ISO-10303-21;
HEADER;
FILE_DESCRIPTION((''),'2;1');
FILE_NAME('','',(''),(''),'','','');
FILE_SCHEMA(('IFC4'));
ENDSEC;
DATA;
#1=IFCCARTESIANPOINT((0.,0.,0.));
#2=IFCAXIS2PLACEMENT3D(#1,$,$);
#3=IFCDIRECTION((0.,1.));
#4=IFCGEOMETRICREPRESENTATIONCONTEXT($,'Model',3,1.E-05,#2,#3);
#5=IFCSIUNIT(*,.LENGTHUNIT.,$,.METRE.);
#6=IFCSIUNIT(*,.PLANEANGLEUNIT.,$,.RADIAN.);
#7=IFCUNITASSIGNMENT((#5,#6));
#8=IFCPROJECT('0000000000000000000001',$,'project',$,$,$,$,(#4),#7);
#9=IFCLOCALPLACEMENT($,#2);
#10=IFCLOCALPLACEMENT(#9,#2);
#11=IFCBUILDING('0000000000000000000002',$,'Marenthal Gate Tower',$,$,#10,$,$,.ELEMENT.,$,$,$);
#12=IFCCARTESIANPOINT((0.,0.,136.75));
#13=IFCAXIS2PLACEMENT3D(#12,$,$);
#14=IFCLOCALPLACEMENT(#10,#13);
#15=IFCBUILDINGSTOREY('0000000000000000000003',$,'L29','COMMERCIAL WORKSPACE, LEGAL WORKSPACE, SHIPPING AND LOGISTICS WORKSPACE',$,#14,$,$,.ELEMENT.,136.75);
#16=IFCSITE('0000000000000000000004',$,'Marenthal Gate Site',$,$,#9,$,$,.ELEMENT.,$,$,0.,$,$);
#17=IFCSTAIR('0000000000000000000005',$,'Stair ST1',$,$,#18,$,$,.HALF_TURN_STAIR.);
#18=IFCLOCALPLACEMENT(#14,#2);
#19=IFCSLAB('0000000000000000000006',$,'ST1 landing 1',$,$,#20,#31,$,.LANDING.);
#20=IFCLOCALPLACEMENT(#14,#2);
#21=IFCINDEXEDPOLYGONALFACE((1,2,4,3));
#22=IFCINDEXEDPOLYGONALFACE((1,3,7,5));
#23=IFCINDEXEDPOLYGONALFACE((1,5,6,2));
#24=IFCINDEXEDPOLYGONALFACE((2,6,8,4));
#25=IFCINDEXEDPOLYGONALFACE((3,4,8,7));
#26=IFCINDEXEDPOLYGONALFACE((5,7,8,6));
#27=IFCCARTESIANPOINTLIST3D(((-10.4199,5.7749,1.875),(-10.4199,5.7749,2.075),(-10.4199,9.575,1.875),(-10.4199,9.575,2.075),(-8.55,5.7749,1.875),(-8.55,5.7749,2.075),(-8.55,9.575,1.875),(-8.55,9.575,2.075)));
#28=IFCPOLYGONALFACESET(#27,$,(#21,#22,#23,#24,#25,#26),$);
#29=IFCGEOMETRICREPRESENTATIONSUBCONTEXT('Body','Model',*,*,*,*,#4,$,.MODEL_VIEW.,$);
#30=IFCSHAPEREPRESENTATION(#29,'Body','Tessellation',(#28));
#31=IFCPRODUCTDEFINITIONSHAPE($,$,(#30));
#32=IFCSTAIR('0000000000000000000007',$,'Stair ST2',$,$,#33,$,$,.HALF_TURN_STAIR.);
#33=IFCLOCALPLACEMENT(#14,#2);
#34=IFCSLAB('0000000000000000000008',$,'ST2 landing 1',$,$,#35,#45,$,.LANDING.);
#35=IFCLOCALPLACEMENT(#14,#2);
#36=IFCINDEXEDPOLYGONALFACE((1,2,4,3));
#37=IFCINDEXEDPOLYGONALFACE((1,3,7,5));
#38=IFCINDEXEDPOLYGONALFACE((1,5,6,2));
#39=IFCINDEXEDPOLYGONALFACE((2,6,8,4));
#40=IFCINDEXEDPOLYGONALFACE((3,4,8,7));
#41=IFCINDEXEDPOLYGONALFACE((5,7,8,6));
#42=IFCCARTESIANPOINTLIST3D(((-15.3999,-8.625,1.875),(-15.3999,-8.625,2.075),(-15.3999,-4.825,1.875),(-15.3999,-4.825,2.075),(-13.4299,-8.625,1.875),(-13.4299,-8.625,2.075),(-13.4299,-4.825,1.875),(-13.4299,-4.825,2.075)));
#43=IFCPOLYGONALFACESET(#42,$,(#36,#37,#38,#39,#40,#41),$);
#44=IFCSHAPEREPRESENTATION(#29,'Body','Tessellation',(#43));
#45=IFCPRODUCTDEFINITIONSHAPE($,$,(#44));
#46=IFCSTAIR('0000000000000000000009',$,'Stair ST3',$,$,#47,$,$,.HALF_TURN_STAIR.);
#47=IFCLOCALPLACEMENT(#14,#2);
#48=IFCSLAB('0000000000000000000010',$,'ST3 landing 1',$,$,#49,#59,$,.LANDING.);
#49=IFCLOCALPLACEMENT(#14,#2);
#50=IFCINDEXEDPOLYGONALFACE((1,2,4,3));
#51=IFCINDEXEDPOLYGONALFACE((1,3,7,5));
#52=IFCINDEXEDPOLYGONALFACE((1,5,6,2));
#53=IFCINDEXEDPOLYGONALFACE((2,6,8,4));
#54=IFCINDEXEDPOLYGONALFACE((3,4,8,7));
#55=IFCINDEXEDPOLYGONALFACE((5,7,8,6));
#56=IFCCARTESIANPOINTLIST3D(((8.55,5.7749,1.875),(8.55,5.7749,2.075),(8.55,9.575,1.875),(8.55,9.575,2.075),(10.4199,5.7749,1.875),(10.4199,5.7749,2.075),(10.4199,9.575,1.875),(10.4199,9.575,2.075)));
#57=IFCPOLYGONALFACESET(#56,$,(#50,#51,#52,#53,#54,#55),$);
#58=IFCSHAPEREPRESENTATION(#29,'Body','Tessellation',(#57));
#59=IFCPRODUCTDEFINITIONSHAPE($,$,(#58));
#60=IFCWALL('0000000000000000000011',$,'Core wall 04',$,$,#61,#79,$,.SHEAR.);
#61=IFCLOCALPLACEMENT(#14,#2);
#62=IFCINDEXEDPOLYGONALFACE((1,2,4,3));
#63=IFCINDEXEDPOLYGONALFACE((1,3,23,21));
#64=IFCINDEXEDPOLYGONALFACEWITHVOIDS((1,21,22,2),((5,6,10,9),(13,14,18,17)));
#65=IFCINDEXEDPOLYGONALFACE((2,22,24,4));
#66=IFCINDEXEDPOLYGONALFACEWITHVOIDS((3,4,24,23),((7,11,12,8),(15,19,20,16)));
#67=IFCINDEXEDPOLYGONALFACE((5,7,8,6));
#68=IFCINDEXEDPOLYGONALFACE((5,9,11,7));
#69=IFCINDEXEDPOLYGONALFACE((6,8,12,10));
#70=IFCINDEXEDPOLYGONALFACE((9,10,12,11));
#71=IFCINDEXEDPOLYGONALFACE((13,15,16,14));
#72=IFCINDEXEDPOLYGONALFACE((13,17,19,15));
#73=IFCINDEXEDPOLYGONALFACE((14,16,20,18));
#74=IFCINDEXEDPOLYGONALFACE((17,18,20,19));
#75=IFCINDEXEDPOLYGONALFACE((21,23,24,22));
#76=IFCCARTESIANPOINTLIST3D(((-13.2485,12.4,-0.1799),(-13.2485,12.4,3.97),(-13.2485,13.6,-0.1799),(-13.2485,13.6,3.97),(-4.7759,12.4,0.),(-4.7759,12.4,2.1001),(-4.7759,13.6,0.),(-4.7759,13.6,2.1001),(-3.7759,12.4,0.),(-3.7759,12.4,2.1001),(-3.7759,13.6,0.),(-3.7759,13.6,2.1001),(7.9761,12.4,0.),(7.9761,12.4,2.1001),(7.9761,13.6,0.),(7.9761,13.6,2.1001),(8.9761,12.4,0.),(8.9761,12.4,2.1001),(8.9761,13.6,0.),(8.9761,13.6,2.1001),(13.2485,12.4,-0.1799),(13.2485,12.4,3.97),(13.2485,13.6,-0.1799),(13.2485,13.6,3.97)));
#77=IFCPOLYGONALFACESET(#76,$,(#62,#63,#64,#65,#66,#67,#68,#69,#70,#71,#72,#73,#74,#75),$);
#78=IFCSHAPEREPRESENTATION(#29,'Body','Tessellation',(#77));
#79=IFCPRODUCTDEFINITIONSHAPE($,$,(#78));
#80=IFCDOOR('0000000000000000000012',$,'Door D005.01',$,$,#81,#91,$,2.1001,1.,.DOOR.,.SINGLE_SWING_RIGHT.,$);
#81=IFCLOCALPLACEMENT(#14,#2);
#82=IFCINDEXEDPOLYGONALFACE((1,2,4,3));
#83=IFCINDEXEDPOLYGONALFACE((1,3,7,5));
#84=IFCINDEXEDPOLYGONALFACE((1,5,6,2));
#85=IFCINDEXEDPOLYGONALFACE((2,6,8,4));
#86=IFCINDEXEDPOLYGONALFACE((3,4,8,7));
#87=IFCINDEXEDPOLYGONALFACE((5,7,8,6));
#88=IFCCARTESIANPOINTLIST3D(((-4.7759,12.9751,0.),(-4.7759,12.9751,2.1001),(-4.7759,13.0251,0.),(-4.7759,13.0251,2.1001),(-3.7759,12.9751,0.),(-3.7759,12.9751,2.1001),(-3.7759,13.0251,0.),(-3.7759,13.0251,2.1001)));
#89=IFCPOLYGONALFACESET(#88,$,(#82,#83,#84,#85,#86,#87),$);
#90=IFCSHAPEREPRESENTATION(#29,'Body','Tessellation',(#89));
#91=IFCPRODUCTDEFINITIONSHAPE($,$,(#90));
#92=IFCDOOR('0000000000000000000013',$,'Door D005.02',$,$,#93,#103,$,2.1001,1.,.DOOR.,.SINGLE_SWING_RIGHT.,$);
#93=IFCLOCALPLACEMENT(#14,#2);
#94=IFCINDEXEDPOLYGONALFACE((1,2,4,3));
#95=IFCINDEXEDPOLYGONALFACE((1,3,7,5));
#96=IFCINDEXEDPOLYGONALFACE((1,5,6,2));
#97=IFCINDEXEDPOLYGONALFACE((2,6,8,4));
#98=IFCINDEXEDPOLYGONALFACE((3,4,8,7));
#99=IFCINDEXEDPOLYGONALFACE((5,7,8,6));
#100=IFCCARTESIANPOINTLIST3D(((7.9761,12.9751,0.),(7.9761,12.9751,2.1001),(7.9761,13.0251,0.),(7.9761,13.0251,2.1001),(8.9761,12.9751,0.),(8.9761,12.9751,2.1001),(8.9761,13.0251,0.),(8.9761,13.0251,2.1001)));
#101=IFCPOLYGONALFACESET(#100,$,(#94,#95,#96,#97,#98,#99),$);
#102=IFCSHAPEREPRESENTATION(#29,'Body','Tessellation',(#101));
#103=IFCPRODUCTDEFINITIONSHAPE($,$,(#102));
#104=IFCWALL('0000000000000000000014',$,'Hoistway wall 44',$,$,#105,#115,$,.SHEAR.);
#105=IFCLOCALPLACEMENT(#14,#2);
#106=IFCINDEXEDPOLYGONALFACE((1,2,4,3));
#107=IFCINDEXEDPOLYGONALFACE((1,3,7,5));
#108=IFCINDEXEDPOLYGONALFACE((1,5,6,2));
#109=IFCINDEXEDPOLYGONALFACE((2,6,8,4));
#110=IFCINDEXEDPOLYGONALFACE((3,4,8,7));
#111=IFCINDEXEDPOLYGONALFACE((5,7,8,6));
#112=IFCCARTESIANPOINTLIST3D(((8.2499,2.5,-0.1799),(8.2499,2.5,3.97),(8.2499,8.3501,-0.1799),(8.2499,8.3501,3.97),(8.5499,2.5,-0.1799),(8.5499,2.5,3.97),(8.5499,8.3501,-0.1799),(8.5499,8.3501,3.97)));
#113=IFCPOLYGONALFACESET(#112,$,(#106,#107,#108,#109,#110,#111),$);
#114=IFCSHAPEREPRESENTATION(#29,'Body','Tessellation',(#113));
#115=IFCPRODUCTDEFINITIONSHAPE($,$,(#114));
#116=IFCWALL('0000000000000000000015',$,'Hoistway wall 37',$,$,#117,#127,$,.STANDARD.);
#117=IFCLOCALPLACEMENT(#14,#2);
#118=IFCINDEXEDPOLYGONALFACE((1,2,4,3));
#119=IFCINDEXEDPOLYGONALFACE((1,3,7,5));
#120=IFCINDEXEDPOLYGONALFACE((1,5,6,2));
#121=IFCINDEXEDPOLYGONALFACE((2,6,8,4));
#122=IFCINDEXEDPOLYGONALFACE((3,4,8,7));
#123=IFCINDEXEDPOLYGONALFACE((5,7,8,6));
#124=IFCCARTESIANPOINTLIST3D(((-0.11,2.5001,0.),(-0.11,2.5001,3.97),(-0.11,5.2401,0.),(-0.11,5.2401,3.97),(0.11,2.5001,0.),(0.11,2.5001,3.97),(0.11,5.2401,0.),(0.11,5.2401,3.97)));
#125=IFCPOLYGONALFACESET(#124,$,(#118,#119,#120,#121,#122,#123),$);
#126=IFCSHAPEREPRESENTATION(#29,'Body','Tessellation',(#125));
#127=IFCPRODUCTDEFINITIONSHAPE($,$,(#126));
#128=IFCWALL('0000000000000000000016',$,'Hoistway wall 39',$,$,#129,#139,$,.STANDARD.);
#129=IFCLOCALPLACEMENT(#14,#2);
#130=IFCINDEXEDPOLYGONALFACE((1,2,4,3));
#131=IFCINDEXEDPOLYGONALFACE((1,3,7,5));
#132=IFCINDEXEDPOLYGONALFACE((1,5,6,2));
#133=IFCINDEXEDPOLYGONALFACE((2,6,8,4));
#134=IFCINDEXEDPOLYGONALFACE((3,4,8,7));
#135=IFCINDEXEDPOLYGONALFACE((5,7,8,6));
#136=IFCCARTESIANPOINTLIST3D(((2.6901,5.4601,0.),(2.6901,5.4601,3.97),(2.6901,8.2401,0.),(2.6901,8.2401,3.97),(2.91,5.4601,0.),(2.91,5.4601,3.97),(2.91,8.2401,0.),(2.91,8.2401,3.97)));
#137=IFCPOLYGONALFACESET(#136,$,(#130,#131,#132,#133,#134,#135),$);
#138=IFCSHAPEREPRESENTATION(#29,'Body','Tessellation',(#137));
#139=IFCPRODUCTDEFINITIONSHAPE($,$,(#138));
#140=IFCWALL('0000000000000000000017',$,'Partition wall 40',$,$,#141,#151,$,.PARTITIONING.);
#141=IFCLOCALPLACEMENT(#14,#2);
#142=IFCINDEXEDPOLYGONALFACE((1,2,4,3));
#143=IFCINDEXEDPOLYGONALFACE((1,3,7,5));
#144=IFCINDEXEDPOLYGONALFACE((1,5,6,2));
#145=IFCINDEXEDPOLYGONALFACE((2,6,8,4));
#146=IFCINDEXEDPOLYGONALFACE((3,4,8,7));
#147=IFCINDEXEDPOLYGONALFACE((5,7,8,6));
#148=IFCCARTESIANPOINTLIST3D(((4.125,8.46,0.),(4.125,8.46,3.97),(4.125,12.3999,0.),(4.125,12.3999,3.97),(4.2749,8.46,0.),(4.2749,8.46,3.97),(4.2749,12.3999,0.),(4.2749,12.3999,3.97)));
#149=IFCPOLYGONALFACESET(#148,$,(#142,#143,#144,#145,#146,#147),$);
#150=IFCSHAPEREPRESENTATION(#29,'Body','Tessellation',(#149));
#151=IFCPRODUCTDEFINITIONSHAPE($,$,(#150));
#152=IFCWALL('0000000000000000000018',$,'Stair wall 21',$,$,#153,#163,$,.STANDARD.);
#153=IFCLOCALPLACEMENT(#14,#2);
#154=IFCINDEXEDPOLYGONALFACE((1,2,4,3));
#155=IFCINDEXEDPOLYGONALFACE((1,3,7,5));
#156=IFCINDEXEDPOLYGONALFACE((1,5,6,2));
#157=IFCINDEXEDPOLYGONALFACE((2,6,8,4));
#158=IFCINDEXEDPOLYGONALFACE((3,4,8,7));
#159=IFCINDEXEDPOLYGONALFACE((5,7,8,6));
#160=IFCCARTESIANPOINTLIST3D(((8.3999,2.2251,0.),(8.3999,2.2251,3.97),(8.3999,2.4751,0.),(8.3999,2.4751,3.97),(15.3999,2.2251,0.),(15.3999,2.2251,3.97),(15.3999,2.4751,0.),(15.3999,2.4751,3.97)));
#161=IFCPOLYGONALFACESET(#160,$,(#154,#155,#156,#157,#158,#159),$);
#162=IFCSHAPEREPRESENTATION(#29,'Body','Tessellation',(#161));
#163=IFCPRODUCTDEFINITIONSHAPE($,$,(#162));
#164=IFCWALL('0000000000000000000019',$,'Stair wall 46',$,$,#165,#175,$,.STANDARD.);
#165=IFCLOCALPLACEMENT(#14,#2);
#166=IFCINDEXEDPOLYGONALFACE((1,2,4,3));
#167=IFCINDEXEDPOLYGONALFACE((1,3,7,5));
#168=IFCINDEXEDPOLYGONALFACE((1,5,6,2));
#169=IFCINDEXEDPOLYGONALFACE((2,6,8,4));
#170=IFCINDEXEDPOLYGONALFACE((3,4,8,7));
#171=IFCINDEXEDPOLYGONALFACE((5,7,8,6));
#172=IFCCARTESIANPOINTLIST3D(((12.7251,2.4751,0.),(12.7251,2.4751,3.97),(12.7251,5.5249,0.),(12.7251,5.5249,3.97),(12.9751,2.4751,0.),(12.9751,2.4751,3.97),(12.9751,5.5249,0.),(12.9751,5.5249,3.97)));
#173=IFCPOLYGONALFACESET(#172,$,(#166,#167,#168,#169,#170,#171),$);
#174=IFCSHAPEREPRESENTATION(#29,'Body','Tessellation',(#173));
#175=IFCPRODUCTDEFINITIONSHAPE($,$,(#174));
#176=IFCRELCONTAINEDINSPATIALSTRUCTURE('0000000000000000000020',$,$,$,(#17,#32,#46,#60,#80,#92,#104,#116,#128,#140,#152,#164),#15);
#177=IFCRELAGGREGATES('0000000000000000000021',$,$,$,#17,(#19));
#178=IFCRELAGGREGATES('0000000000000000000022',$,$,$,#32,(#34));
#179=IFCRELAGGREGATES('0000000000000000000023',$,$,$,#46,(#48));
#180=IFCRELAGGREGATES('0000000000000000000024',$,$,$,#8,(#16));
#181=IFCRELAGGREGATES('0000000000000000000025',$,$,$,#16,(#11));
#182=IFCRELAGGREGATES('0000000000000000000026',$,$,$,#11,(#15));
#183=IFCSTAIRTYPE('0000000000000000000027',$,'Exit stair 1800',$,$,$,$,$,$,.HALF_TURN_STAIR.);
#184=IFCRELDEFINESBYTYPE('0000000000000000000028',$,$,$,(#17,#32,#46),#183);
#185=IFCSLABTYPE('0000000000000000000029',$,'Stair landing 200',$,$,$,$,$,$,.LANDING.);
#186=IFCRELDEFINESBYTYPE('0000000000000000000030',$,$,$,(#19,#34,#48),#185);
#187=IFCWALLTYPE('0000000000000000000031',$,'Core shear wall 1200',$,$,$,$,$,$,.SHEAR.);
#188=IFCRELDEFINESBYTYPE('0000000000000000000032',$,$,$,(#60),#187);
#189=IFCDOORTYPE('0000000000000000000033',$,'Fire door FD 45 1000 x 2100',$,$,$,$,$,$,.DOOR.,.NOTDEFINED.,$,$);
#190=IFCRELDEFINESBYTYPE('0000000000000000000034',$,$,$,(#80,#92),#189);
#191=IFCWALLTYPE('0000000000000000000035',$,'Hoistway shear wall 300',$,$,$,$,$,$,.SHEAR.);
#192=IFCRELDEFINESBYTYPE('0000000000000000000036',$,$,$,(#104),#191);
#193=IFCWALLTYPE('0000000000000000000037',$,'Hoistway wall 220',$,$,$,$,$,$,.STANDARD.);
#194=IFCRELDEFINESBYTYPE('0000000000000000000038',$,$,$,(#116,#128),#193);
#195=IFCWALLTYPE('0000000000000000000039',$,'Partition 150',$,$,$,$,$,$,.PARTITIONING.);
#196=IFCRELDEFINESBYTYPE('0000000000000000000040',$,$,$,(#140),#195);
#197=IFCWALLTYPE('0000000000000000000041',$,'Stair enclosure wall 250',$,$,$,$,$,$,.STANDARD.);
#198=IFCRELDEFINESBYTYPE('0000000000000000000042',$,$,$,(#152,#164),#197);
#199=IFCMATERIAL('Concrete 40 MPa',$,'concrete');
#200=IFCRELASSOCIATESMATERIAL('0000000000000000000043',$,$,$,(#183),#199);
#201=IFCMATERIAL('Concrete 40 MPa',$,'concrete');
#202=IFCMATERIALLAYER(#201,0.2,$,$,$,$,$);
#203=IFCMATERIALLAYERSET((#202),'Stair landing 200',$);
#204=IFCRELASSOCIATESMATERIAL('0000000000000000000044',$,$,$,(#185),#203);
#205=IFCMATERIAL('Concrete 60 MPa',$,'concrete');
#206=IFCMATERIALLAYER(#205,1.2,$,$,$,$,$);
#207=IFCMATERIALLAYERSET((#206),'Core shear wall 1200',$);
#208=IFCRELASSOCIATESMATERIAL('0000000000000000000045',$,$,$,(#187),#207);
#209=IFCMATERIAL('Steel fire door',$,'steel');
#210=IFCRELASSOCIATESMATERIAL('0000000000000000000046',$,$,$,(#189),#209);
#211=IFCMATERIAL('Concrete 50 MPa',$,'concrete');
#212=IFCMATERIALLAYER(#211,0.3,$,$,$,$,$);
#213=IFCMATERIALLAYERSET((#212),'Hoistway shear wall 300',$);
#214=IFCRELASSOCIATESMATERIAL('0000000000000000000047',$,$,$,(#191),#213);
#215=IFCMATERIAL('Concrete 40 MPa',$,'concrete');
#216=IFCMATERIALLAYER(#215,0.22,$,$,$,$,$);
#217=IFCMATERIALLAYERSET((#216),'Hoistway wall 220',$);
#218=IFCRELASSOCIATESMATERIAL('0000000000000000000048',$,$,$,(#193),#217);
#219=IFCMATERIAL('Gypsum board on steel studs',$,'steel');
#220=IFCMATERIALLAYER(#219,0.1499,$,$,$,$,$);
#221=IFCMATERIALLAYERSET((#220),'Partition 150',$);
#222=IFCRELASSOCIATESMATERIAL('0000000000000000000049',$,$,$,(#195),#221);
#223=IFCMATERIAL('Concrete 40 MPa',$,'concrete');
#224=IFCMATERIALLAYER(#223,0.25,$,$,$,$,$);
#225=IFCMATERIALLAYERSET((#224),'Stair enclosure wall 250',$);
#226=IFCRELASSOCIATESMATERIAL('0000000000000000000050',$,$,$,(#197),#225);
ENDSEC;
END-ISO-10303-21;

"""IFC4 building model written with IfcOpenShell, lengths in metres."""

from ifc_helpers import new_model, si_unit, direction, frame, frame_2d, origin, place, context, subcontext, project, spatial, polyline, rectangle, outline, extrude, material, layer, layer_set, type_object, element, fill, aggregate, save


model = new_model("IFC4")

# Units and contexts
model_context = context("Model", 3, precision=1e-05, world=origin(), true_north=direction((0.0, 1.0)))
body_context = subcontext(model_context, "Body", "Model", "MODEL_VIEW")
ifc_project = project(units=[si_unit("LENGTHUNIT", "METRE"), si_unit("PLANEANGLEUNIT", "RADIAN")], contexts=[model_context])

# Site, building, storey
site_placement = place(None, origin())
site = spatial("IfcSite", under=ifc_project, at=site_placement, Name="Marenthal Gate Site", CompositionType="ELEMENT", RefElevation=0.0)
building_placement = place(site_placement, origin())
building = spatial("IfcBuilding", under=site, at=building_placement, Name="Marenthal Gate Tower", CompositionType="ELEMENT")
storey_placement = place(building_placement, frame((0.0, 0.0, 136.75)))
storey = spatial("IfcBuildingStorey", under=building, at=storey_placement, Name="L29", Description="COMMERCIAL WORKSPACE, LEGAL WORKSPACE, SHIPPING AND LOGISTICS WORKSPACE", CompositionType="ELEMENT", Elevation=136.75)

# Stairs, slabs
ifc_material_1 = material(Name="Concrete 40 MPa", Category="concrete")
stair_type = type_object("IfcStairType", Name="Exit stair 1800", PredefinedType="HALF_TURN_STAIR", material=ifc_material_1)
stair_1_placement = place(storey_placement, origin())
stair_1 = element("IfcStair", 1, at=stair_1_placement, inside=storey, type_object=stair_type, Name="Stair ST1", PredefinedType="HALF_TURN_STAIR")
ifc_material_2 = material(Name="Concrete 40 MPa", Category="concrete")
ifc_layer_1 = layer(ifc_material_2, 0.2)
ifc_layer_set_1 = layer_set([ifc_layer_1], Name="Stair landing 200")
slab_type_1 = type_object("IfcSlabType", Name="Stair landing 200", PredefinedType="LANDING", material=ifc_layer_set_1)
slab_1_placement = place(storey_placement, frame((0.0, 0.0, 1.875)))
slab_1 = element("IfcSlab", 2, at=slab_1_placement, type_object=slab_type_1, Name="ST1 landing 1", PredefinedType="LANDING", context=body_context, shape_type="SweptSolid", body=[
    extrude(outline(polyline([(-10.4199, 5.7749), (-8.55, 5.7749), (-8.55, 9.575), (-10.4199, 9.575), (-10.4199, 5.7749)])), origin(), (0.0, 0.0, 1.0), 0.2),
])
aggregate(stair_1, [slab_1])
stair_2_placement = place(storey_placement, origin())
stair_2 = element("IfcStair", 3, at=stair_2_placement, inside=storey, type_object=stair_type, Name="Stair ST2", PredefinedType="HALF_TURN_STAIR")
slab_2_placement = place(storey_placement, frame((0.0, 0.0, 1.875)))
slab_2 = element("IfcSlab", 4, at=slab_2_placement, type_object=slab_type_1, Name="ST2 landing 1", PredefinedType="LANDING", context=body_context, shape_type="SweptSolid", body=[
    extrude(outline(polyline([(-15.3999, -8.625), (-13.4299, -8.625), (-13.4299, -4.825), (-15.3999, -4.825), (-15.3999, -8.625)])), origin(), (0.0, 0.0, 1.0), 0.2),
])
aggregate(stair_2, [slab_2])
stair_3_placement = place(storey_placement, origin())
stair_3 = element("IfcStair", 5, at=stair_3_placement, inside=storey, type_object=stair_type, Name="Stair ST3", PredefinedType="HALF_TURN_STAIR")
slab_3_placement = place(storey_placement, frame((0.0, 0.0, 1.875)))
slab_3 = element("IfcSlab", 6, at=slab_3_placement, type_object=slab_type_1, Name="ST3 landing 1", PredefinedType="LANDING", context=body_context, shape_type="SweptSolid", body=[
    extrude(outline(polyline([(8.55, 5.7749), (10.4199, 5.7749), (10.4199, 9.575), (8.55, 9.575), (8.55, 5.7749)])), origin(), (0.0, 0.0, 1.0), 0.2),
])

# Wall, openings, doors
ifc_material_3 = material(Name="Concrete 60 MPa", Category="concrete")
ifc_layer_2 = layer(ifc_material_3, 1.2)
ifc_layer_set_2 = layer_set([ifc_layer_2], Name="Core shear wall 1200")
wall_type_1 = type_object("IfcWallType", Name="Core shear wall 1200", PredefinedType="SHEAR", material=ifc_layer_set_2)
wall_1_placement = place(storey_placement, frame((13.2485, 13.0, -0.1799), z_axis=(0.0, 0.0, 1.0), x_axis=(-1.0, 0.0, 0.0)))
wall_1 = element("IfcWall", 7, at=wall_1_placement, inside=storey, type_object=wall_type_1, Name="Core wall 04", PredefinedType="SHEAR", context=body_context, shape_type="SweptSolid", body=[
    extrude(rectangle(XDim=26.4971, YDim=1.2, at=frame_2d((13.2485, 0.0))), origin(), (0.0, 0.0, 1.0), 4.1499),
])
opening_1_placement = place(wall_1_placement, frame((17.0244, 0.0, 0.1799)))
opening_1 = element("IfcOpeningElement", 8, at=opening_1_placement, cuts=wall_1, PredefinedType="OPENING", context=body_context, shape_type="SweptSolid", body=[
    extrude(rectangle(XDim=1.0, YDim=2.1001, at=frame_2d((0.5, 1.05))), frame((0.0, 0.6099, 0.0), z_axis=(0.0, -1.0, 0.0), x_axis=(1.0, 0.0, 0.0)), (0.0, 0.0, 1.0), 1.22),
])
opening_2_placement = place(wall_1_placement, frame((4.2725, 0.0, 0.1799)))
opening_2 = element("IfcOpeningElement", 9, at=opening_2_placement, cuts=wall_1, PredefinedType="OPENING", context=body_context, shape_type="SweptSolid", body=[
    extrude(rectangle(XDim=1.0, YDim=2.1001, at=frame_2d((0.5, 1.05))), frame((0.0, 0.6099, 0.0), z_axis=(0.0, -1.0, 0.0), x_axis=(1.0, 0.0, 0.0)), (0.0, 0.0, 1.0), 1.22),
])
ifc_material_4 = material(Name="Steel fire door", Category="steel")
door_type_1 = type_object("IfcDoorType", Name="Fire door FD 45 1000 x 2100", OperationType="NOTDEFINED", PredefinedType="DOOR", material=ifc_material_4)
door_1_placement = place(opening_1_placement, origin())
door_1 = element("IfcDoor", 10, at=door_1_placement, inside=storey, type_object=door_type_1, Name="Door D005.01", OperationType="SINGLE_SWING_RIGHT", OverallHeight=2.1001, OverallWidth=1.0, PredefinedType="DOOR", context=body_context, shape_type="SweptSolid", body=[
    extrude(rectangle(XDim=1.0, YDim=2.1001, at=frame_2d((0.5, 1.05))), frame((0.0, 0.0249, 0.0), z_axis=(0.0, -1.0, 0.0), x_axis=(1.0, 0.0, 0.0)), (0.0, 0.0, 1.0), 0.05),
])
fill(opening_1, door_1)
door_2_placement = place(opening_2_placement, origin())
door_2 = element("IfcDoor", 11, at=door_2_placement, inside=storey, type_object=door_type_1, Name="Door D005.02", OperationType="SINGLE_SWING_RIGHT", OverallHeight=2.1001, OverallWidth=1.0, PredefinedType="DOOR", context=body_context, shape_type="SweptSolid", body=[
    extrude(rectangle(XDim=1.0, YDim=2.1001, at=frame_2d((0.5, 1.05))), frame((0.0, 0.0249, 0.0), z_axis=(0.0, -1.0, 0.0), x_axis=(1.0, 0.0, 0.0)), (0.0, 0.0, 1.0), 0.05),
])
fill(opening_2, door_2)

# Walls
ifc_material_5 = material(Name="Concrete 50 MPa", Category="concrete")
ifc_layer_3 = layer(ifc_material_5, 0.3)
ifc_layer_set_3 = layer_set([ifc_layer_3], Name="Hoistway shear wall 300")
wall_type_2 = type_object("IfcWallType", Name="Hoistway shear wall 300", PredefinedType="SHEAR", material=ifc_layer_set_3)
wall_2_placement = place(storey_placement, frame((8.3999, 2.5, -0.1799), z_axis=(0.0, 0.0, 1.0), x_axis=(0.0, 1.0, 0.0)))
element("IfcWall", 12, at=wall_2_placement, inside=storey, type_object=wall_type_2, Name="Hoistway wall 44", PredefinedType="SHEAR", context=body_context, shape_type="SweptSolid", body=[
    extrude(rectangle(XDim=5.8501, YDim=0.3, at=frame_2d((2.925, 0.0))), origin(), (0.0, 0.0, 1.0), 4.1499),
])
ifc_material_6 = material(Name="Concrete 40 MPa", Category="concrete")
ifc_layer_4 = layer(ifc_material_6, 0.22)
ifc_layer_set_4 = layer_set([ifc_layer_4], Name="Hoistway wall 220")
wall_type_3 = type_object("IfcWallType", Name="Hoistway wall 220", PredefinedType="STANDARD", material=ifc_layer_set_4)
wall_3_placement = place(storey_placement, frame((0.0, 2.5, 0.0), z_axis=(0.0, 0.0, 1.0), x_axis=(0.0, 1.0, 0.0)))
element("IfcWall", 13, at=wall_3_placement, inside=storey, type_object=wall_type_3, Name="Hoistway wall 37", PredefinedType="STANDARD", context=body_context, shape_type="SweptSolid", body=[
    extrude(rectangle(XDim=2.74, YDim=0.22, at=frame_2d((1.3701, 0.0))), origin(), (0.0, 0.0, 1.0), 3.97),
])
wall_4_placement = place(storey_placement, frame((2.8, 5.46, 0.0), z_axis=(0.0, 0.0, 1.0), x_axis=(0.0, 1.0, 0.0)))
element("IfcWall", 14, at=wall_4_placement, inside=storey, type_object=wall_type_3, Name="Hoistway wall 39", PredefinedType="STANDARD", context=body_context, shape_type="SweptSolid", body=[
    extrude(rectangle(XDim=2.78, YDim=0.22, at=frame_2d((1.3901, 0.0))), origin(), (0.0, 0.0, 1.0), 3.97),
])
ifc_material_7 = material(Name="Gypsum board on steel studs", Category="steel")
ifc_layer_5 = layer(ifc_material_7, 0.1499)
ifc_layer_set_5 = layer_set([ifc_layer_5], Name="Partition 150")
wall_type_4 = type_object("IfcWallType", Name="Partition 150", PredefinedType="PARTITIONING", material=ifc_layer_set_5)
wall_5_placement = place(storey_placement, frame((4.2, 8.46, 0.0), z_axis=(0.0, 0.0, 1.0), x_axis=(0.0, 1.0, 0.0)))
element("IfcWall", 15, at=wall_5_placement, inside=storey, type_object=wall_type_4, Name="Partition wall 40", PredefinedType="PARTITIONING", context=body_context, shape_type="SweptSolid", body=[
    extrude(rectangle(XDim=3.9399, YDim=0.1499, at=frame_2d((1.97, 0.0))), origin(), (0.0, 0.0, 1.0), 3.97),
])
ifc_material_8 = material(Name="Concrete 40 MPa", Category="concrete")
ifc_layer_6 = layer(ifc_material_8, 0.25)
ifc_layer_set_6 = layer_set([ifc_layer_6], Name="Stair enclosure wall 250")
wall_type_5 = type_object("IfcWallType", Name="Stair enclosure wall 250", PredefinedType="STANDARD", material=ifc_layer_set_6)
wall_6_placement = place(storey_placement, frame((8.3999, 2.3501, 0.0), z_axis=(0.0, 0.0, 1.0), x_axis=(1.0, 0.0, 0.0)))
element("IfcWall", 16, at=wall_6_placement, inside=storey, type_object=wall_type_5, Name="Stair wall 21", PredefinedType="STANDARD", context=body_context, shape_type="SweptSolid", body=[
    extrude(rectangle(XDim=7.0, YDim=0.25, at=frame_2d((3.5, 0.0))), origin(), (0.0, 0.0, 1.0), 3.97),
])
wall_7_placement = place(storey_placement, frame((12.8501, 2.4751, 0.0), z_axis=(0.0, 0.0, 1.0), x_axis=(0.0, 1.0, 0.0)))
element("IfcWall", 17, at=wall_7_placement, inside=storey, type_object=wall_type_5, Name="Stair wall 46", PredefinedType="STANDARD", context=body_context, shape_type="SweptSolid", body=[
    extrude(rectangle(XDim=3.0498, YDim=0.25, at=frame_2d((1.5249, 0.0))), origin(), (0.0, 0.0, 1.0), 3.97),
])

aggregate(stair_3, [slab_3])

save(model, "model.ifc")
